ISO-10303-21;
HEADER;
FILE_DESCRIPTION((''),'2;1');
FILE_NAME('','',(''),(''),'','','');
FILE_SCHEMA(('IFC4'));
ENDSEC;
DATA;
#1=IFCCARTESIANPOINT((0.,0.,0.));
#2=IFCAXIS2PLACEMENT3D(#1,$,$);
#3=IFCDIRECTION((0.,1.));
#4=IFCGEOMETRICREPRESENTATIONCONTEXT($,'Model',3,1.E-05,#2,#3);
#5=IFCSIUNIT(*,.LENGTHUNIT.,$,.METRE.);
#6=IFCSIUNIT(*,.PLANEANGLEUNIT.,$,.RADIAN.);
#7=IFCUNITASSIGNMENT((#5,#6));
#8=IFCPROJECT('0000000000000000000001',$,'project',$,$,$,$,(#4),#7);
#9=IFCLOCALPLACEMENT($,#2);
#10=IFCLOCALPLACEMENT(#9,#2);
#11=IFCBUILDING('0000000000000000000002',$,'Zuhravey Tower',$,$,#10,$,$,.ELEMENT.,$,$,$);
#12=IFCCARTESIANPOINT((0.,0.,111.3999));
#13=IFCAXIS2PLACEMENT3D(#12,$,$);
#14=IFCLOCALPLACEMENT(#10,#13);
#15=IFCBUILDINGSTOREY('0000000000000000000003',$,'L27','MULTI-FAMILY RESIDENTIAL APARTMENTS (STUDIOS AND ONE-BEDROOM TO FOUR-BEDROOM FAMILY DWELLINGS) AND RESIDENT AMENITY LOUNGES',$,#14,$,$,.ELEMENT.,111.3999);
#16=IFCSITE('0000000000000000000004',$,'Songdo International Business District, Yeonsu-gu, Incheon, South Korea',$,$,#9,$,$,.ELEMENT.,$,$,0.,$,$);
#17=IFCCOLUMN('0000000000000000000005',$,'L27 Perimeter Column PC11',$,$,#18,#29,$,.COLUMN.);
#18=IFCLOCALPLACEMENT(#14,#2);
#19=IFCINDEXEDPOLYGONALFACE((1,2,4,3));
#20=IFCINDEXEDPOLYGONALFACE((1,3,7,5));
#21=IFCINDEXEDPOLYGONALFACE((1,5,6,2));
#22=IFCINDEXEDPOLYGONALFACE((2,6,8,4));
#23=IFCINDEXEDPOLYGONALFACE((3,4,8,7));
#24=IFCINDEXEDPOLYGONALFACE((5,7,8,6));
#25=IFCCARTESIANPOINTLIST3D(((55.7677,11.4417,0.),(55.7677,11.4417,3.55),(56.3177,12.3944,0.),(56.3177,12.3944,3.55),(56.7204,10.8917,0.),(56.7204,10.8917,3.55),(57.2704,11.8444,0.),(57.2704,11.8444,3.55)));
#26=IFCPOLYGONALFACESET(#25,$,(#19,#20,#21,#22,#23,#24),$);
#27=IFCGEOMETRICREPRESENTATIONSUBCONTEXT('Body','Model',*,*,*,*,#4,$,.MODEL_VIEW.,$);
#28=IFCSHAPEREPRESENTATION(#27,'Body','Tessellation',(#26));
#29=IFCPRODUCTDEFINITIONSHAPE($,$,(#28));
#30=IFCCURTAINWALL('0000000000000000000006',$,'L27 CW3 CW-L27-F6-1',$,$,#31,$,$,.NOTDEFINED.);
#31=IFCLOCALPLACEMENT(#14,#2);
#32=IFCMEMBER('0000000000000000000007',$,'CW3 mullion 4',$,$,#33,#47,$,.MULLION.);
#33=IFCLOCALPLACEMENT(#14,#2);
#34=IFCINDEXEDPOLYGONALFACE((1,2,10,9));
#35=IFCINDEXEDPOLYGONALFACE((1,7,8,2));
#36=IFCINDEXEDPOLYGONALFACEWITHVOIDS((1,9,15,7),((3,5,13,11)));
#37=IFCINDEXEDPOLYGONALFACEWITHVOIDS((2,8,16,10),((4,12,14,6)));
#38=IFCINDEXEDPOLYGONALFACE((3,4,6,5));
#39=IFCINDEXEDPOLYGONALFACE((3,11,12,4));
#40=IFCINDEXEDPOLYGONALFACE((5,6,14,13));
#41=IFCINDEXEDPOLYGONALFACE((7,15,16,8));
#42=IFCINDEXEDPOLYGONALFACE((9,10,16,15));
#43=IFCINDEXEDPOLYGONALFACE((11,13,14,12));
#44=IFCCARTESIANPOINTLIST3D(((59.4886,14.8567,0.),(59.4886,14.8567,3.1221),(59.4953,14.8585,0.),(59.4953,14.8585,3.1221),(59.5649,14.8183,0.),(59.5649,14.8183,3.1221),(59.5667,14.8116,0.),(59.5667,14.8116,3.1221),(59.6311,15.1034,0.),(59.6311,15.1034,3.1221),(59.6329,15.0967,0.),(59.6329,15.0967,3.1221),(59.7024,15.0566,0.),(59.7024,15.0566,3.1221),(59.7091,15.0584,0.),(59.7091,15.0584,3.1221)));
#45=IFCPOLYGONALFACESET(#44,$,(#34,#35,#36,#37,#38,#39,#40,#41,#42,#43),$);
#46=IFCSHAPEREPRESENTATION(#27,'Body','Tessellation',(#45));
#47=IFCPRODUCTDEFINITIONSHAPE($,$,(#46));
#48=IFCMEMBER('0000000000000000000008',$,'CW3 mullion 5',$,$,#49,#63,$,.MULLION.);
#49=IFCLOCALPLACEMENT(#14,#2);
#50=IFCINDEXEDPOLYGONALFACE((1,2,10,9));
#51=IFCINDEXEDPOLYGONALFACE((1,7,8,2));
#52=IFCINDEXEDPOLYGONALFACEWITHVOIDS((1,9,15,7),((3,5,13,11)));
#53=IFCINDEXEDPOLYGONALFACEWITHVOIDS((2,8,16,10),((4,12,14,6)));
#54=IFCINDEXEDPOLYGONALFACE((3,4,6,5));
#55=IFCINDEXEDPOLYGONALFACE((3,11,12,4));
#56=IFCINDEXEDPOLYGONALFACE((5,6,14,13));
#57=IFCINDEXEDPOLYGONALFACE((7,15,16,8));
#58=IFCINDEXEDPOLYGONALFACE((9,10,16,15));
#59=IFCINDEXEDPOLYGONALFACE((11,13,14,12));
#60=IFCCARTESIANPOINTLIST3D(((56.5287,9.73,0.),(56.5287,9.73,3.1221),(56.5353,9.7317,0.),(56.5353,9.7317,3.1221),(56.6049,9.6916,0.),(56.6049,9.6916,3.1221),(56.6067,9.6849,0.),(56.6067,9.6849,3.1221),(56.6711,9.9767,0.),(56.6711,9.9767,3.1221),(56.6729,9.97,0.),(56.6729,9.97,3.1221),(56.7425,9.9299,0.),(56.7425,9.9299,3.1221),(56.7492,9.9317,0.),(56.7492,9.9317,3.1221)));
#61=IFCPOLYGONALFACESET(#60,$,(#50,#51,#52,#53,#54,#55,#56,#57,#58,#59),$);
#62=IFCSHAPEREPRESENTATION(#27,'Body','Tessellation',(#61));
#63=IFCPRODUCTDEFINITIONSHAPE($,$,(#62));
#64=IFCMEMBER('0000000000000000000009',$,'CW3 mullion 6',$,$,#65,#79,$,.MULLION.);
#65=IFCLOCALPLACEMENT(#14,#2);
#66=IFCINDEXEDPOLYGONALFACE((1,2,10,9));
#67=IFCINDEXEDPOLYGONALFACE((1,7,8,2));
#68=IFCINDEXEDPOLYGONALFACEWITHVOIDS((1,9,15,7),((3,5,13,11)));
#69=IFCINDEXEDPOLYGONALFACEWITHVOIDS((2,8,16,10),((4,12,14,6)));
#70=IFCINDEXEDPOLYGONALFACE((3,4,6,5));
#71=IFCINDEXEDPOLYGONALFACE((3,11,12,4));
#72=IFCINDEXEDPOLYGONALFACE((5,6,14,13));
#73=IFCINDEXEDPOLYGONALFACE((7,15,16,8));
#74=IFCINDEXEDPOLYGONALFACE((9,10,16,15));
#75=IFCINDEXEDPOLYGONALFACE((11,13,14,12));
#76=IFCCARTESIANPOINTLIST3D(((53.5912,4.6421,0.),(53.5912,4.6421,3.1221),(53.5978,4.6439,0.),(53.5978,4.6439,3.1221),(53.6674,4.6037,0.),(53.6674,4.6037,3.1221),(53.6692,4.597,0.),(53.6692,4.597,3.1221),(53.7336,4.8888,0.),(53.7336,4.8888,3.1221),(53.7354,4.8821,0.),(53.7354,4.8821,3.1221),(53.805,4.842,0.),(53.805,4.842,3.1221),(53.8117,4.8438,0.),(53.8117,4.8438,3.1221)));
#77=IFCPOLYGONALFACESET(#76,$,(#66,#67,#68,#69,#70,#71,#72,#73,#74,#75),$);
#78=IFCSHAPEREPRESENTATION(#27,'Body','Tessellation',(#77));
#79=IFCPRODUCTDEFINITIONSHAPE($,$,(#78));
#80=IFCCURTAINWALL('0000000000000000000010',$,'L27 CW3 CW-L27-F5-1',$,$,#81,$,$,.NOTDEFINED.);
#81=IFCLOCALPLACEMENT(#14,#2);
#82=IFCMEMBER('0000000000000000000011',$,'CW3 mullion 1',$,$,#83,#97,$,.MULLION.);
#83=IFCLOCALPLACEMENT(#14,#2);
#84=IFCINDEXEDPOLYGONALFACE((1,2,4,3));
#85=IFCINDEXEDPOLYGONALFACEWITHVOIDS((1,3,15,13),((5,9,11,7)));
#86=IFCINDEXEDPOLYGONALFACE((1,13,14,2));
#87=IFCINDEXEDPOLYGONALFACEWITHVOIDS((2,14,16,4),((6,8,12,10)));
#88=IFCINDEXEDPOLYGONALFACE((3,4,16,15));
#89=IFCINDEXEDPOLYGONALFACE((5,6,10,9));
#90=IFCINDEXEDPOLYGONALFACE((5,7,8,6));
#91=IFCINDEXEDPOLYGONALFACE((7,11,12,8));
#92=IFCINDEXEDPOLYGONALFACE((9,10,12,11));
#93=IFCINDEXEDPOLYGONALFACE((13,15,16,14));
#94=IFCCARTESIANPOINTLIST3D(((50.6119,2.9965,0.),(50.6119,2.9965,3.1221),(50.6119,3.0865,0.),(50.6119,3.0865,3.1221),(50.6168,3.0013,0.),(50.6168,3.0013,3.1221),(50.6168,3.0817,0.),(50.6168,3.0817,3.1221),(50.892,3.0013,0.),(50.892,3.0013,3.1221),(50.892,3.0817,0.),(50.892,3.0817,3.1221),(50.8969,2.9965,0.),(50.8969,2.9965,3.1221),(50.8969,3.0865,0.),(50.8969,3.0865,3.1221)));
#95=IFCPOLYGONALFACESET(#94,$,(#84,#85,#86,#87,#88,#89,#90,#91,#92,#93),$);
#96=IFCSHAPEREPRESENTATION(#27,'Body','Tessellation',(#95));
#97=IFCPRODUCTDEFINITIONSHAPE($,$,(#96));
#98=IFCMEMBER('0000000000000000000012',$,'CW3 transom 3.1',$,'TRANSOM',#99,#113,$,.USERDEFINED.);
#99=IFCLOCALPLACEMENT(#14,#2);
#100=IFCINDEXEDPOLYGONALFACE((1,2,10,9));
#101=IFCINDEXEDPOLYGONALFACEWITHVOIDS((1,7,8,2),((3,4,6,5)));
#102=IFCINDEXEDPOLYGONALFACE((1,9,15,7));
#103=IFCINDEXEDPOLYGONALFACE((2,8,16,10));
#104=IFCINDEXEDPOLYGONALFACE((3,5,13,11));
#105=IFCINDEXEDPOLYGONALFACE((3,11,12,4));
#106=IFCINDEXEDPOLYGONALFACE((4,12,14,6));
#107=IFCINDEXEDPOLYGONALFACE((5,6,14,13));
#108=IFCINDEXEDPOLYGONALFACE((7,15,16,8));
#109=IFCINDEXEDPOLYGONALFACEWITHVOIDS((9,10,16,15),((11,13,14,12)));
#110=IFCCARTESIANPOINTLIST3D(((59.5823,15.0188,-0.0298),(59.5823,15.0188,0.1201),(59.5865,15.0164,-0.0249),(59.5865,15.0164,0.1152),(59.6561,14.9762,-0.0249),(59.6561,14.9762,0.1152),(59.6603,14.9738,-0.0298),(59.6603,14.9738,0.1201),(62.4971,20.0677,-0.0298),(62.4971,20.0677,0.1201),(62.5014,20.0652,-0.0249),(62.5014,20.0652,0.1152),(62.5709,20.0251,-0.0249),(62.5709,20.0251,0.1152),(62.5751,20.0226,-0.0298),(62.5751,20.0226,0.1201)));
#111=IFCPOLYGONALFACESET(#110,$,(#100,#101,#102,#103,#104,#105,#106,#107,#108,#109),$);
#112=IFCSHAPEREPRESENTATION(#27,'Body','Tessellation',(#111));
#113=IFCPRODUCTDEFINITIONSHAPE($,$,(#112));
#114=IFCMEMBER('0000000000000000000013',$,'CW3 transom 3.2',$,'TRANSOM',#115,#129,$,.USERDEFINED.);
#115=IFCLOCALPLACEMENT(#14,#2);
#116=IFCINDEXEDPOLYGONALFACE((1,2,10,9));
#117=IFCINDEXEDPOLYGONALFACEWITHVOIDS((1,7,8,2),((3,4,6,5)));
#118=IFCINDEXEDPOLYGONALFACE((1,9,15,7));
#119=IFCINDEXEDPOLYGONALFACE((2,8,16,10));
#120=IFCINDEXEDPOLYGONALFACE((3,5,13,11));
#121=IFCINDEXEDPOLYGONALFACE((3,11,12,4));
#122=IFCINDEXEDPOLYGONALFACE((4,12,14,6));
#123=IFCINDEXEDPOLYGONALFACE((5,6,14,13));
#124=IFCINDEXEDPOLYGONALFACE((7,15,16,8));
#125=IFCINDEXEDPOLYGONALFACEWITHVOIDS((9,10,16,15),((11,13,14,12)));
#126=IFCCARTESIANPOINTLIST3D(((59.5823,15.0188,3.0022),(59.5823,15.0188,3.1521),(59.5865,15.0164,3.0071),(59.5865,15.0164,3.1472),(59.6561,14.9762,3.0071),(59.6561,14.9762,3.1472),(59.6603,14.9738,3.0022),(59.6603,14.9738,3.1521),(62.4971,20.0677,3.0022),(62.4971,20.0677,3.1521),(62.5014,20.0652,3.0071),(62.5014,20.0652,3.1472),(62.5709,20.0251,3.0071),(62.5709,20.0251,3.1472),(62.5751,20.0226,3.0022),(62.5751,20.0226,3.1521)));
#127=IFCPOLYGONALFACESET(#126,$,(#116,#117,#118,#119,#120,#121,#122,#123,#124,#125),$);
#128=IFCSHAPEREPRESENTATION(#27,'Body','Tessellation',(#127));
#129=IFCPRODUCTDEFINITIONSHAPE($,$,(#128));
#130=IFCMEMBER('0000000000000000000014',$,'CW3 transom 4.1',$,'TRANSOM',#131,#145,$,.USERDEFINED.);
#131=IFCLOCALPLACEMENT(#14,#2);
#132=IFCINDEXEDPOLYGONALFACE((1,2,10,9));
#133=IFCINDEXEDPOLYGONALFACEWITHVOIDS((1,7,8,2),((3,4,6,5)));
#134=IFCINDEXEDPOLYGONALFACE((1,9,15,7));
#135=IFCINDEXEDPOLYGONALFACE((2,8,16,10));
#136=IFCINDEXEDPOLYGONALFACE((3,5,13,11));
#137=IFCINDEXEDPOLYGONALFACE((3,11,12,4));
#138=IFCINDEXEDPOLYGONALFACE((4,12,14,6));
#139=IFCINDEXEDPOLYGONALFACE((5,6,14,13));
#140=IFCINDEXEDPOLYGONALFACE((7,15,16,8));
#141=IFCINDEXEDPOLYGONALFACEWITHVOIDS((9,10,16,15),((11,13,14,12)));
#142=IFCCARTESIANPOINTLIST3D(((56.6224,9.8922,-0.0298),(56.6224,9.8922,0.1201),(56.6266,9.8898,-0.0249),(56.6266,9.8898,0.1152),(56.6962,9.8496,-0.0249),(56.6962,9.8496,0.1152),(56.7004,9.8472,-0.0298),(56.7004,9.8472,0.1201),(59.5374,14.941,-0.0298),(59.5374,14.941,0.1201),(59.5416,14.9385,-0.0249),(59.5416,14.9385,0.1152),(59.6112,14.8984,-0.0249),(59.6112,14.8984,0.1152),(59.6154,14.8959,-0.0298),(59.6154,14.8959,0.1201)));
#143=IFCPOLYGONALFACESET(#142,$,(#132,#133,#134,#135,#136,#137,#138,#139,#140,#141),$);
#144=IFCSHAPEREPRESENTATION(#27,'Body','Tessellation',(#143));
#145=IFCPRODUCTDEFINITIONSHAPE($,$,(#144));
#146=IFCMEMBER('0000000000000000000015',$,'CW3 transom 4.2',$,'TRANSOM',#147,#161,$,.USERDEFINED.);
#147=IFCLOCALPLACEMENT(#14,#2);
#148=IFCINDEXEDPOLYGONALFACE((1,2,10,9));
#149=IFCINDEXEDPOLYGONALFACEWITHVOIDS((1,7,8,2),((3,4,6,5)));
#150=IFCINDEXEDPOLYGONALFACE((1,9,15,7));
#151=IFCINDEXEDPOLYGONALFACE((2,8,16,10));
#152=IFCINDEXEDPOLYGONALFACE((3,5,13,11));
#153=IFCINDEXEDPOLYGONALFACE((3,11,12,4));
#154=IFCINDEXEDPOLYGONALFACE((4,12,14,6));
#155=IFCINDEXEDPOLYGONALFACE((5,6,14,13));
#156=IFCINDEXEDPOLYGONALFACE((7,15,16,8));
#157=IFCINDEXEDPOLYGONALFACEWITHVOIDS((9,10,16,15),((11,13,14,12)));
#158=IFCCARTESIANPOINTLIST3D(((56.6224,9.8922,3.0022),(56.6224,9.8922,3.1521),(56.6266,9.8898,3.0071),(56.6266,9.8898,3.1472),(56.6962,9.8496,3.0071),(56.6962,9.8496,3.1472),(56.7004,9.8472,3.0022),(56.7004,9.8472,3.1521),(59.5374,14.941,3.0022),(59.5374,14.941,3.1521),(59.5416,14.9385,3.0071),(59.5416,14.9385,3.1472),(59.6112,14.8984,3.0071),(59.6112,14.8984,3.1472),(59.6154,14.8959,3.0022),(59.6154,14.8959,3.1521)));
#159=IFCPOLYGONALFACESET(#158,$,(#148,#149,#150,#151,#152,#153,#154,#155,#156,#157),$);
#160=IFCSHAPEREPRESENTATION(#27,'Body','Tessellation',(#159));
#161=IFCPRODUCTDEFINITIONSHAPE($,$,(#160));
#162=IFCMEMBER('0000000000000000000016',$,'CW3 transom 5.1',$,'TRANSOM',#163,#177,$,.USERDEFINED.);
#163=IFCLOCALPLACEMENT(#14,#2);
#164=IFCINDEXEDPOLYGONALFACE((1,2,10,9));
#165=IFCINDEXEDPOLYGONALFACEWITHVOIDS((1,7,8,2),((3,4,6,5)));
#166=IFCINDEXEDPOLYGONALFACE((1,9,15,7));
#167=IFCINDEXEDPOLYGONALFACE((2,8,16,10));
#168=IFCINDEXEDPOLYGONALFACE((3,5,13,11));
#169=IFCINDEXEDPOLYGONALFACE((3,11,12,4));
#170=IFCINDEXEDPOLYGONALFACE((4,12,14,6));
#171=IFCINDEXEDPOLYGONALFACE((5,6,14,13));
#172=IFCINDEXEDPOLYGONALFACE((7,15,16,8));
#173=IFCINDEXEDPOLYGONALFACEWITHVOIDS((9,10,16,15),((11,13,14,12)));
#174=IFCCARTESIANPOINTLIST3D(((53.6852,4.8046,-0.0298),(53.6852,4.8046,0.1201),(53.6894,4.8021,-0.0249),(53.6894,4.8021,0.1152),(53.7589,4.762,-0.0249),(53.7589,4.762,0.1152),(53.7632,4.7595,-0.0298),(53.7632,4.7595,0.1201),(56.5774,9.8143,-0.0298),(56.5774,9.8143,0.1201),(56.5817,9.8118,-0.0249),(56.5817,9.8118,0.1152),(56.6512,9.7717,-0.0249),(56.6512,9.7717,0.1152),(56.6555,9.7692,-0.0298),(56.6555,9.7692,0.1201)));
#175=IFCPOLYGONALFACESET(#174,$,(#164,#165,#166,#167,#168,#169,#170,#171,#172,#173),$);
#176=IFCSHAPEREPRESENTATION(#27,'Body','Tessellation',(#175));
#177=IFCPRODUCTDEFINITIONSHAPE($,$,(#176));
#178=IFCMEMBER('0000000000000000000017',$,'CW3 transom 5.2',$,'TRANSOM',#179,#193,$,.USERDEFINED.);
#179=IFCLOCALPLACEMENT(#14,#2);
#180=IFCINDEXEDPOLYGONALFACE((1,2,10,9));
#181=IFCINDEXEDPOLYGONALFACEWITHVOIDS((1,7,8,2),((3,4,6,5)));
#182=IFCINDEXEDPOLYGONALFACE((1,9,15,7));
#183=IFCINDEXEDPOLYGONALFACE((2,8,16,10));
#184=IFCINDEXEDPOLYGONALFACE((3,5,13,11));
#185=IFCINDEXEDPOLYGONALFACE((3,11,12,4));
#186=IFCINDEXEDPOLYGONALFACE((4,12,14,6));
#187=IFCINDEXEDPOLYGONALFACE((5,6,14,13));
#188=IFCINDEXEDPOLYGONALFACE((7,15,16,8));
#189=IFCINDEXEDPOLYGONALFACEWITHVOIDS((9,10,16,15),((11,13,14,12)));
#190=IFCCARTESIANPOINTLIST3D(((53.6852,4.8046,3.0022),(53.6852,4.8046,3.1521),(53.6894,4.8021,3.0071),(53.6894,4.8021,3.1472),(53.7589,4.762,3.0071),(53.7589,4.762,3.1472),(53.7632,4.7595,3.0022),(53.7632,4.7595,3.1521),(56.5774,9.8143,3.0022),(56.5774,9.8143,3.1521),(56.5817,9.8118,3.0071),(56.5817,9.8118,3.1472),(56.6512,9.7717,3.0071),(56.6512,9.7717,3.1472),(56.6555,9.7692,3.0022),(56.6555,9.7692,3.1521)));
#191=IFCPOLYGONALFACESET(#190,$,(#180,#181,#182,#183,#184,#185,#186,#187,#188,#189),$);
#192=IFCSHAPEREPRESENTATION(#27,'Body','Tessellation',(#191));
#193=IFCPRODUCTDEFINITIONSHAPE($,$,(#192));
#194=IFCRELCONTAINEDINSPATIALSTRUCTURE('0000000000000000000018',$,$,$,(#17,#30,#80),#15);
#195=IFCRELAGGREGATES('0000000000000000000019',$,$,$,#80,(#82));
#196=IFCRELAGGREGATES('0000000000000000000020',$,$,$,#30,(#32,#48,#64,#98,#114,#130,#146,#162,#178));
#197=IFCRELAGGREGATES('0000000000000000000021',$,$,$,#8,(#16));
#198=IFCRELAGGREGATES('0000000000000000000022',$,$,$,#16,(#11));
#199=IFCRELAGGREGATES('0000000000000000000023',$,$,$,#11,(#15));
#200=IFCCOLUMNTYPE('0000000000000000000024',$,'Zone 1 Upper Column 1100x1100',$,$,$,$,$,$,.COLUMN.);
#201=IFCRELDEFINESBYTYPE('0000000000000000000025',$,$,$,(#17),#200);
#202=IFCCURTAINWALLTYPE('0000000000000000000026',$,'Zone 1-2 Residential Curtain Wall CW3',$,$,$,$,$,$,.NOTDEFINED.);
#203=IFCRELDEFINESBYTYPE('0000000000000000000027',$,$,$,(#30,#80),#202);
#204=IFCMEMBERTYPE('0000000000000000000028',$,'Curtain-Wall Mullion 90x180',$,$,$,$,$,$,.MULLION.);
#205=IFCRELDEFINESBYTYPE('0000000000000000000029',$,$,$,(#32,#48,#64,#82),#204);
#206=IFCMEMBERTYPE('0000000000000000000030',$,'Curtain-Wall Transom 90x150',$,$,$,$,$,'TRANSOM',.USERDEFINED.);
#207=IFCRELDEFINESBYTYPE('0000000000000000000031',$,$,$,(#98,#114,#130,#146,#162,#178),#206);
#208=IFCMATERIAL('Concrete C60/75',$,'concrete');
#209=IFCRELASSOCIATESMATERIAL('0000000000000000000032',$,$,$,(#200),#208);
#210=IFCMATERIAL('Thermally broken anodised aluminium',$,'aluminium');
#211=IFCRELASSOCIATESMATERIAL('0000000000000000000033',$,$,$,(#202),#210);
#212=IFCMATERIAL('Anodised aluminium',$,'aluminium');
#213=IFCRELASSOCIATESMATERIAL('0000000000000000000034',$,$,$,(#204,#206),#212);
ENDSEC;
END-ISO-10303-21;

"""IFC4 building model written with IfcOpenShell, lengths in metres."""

from ifc_helpers import new_model, si_unit, direction, frame, origin, origin_2d, place, context, subcontext, project, spatial, rectangle, hollow_rectangle, extrude, material, material_profile, profile_set, type_object, element, aggregate, save


model = new_model("IFC4")

# Units and contexts
model_context = context("Model", 3, precision=1e-05, world=origin(), true_north=direction((0.0, 1.0)))
body_context = subcontext(model_context, "Body", "Model", "MODEL_VIEW")
ifc_project = project(units=[si_unit("LENGTHUNIT", "METRE"), si_unit("PLANEANGLEUNIT", "RADIAN")], contexts=[model_context])

# Site, building, storey
site_placement = place(None, origin())
site = spatial("IfcSite", under=ifc_project, at=site_placement, Name="Songdo International Business District, Yeonsu-gu, Incheon, South Korea", CompositionType="ELEMENT", RefElevation=0.0)
building_placement = place(site_placement, origin())
building = spatial("IfcBuilding", under=site, at=building_placement, Name="Zuhravey Tower", CompositionType="ELEMENT")
storey_placement = place(building_placement, frame((0.0, 0.0, 111.3999)))
storey = spatial("IfcBuildingStorey", under=building, at=storey_placement, Name="L27", Description="MULTI-FAMILY RESIDENTIAL APARTMENTS (STUDIOS AND ONE-BEDROOM TO FOUR-BEDROOM FAMILY DWELLINGS) AND RESIDENT AMENITY LOUNGES", CompositionType="ELEMENT", Elevation=111.3999)

# Column
ifc_material_1 = material(Name="Concrete C60/75", Category="concrete")
ifc_material_profile_1 = material_profile(ifc_material_1, rectangle(XDim=1.1001, YDim=1.1001, at=origin_2d()), Name="RC-1100x1100")
ifc_profile_set_1 = profile_set([ifc_material_profile_1], Name="Concrete C60/75")
column_type = type_object("IfcColumnType", Name="Zone 1 Upper Column 1100x1100", PredefinedType="COLUMN", material=ifc_profile_set_1)
column_placement = place(storey_placement, frame((56.519, 11.6431, 0.0), z_axis=(0.0, 0.0, 1.0), x_axis=(0.5, 0.866025, 0.0)))
element("IfcColumn", 1, at=column_placement, inside=storey, type_object=column_type, Name="L27 Perimeter Column PC11", PredefinedType="COLUMN", context=body_context, shape_type="SweptSolid", body=[
    extrude(rectangle(XDim=1.1001, YDim=1.1001, at=origin_2d()), origin(), (0.0, 0.0, 1.0), 3.55),
])

# Curtain wall, members
ifc_material_2 = material(Name="Thermally broken anodised aluminium", Category="aluminium")
curtain_wall_type = type_object("IfcCurtainWallType", Name="Zone 1-2 Residential Curtain Wall CW3", PredefinedType="NOTDEFINED", material=ifc_material_2)
curtain_wall_1_placement = place(storey_placement, origin())
curtain_wall_1 = element("IfcCurtainWall", 2, at=curtain_wall_1_placement, inside=storey, type_object=curtain_wall_type, Name="L27 CW3 CW-L27-F6-1", PredefinedType="NOTDEFINED")
ifc_material_3 = material(Name="Anodised aluminium", Category="aluminium")
ifc_material_profile_2 = material_profile(ifc_material_3, hollow_rectangle(XDim=0.0901, YDim=0.2849, WallThickness=0.0049, at=origin_2d()), Name="ALU-RHS-90x285x5")
ifc_profile_set_2 = profile_set([ifc_material_profile_2], Name="Anodised aluminium")
member_type_1 = type_object("IfcMemberType", Name="Curtain-Wall Mullion 90x180", PredefinedType="MULLION", material=ifc_profile_set_2)
member_1_placement = place(storey_placement, frame((59.5989, 14.9575, 0.0), z_axis=(0.0, 0.0, 1.0), x_axis=(0.866026, -0.5, 0.0)))
member_1 = element("IfcMember", 3, at=member_1_placement, type_object=member_type_1, Name="CW3 mullion 4", PredefinedType="MULLION", context=body_context, shape_type="SweptSolid", body=[
    extrude(hollow_rectangle(XDim=0.0901, YDim=0.2849, WallThickness=0.0049, at=origin_2d()), origin(), (0.0, 0.0, 1.0), 3.1221),
])
member_2_placement = place(storey_placement, frame((56.6389, 9.8308, 0.0), z_axis=(0.0, 0.0, 1.0), x_axis=(0.866026, -0.5, 0.0)))
member_2 = element("IfcMember", 4, at=member_2_placement, type_object=member_type_1, Name="CW3 mullion 5", PredefinedType="MULLION", context=body_context, shape_type="SweptSolid", body=[
    extrude(hollow_rectangle(XDim=0.0901, YDim=0.2849, WallThickness=0.0049, at=origin_2d()), origin(), (0.0, 0.0, 1.0), 3.1221),
])
member_3_placement = place(storey_placement, frame((53.7014, 4.7429, 0.0), z_axis=(0.0, 0.0, 1.0), x_axis=(0.866026, -0.5, 0.0)))
member_3 = element("IfcMember", 5, at=member_3_placement, type_object=member_type_1, Name="CW3 mullion 6", PredefinedType="MULLION", context=body_context, shape_type="SweptSolid", body=[
    extrude(hollow_rectangle(XDim=0.0901, YDim=0.2849, WallThickness=0.0049, at=origin_2d()), origin(), (0.0, 0.0, 1.0), 3.1221),
])

# Curtain wall, member
curtain_wall_2_placement = place(storey_placement, origin())
curtain_wall_2 = element("IfcCurtainWall", 6, at=curtain_wall_2_placement, inside=storey, type_object=curtain_wall_type, Name="L27 CW3 CW-L27-F5-1", PredefinedType="NOTDEFINED")
member_4_placement = place(storey_placement, frame((50.7544, 3.0415, 0.0), z_axis=(0.0, 0.0, 1.0), x_axis=(0.0, -1.0, 0.0)))
member_4 = element("IfcMember", 7, at=member_4_placement, type_object=member_type_1, Name="CW3 mullion 1", PredefinedType="MULLION", context=body_context, shape_type="SweptSolid", body=[
    extrude(hollow_rectangle(XDim=0.0901, YDim=0.2849, WallThickness=0.0049, at=origin_2d()), origin(), (0.0, 0.0, 1.0), 3.1221),
])

# Members
ifc_material_profile_3 = material_profile(ifc_material_3, hollow_rectangle(XDim=0.0901, YDim=0.1499, WallThickness=0.0049, at=origin_2d()), Name="ALU-RHS-90x150x5")
ifc_profile_set_3 = profile_set([ifc_material_profile_3], Name="Anodised aluminium")
member_type_2 = type_object("IfcMemberType", Name="Curtain-Wall Transom 90x150", ElementType="TRANSOM", PredefinedType="USERDEFINED", material=ifc_profile_set_3)
member_5_placement = place(storey_placement, frame((62.5361, 20.0452, 0.0452), z_axis=(-0.499981, -0.866036, 0.0), x_axis=(0.866036, -0.499981, 0.0)))
member_5 = element("IfcMember", 8, at=member_5_placement, type_object=member_type_2, Name="CW3 transom 3.1", ObjectType="TRANSOM", PredefinedType="USERDEFINED", context=body_context, shape_type="SweptSolid", body=[
    extrude(hollow_rectangle(XDim=0.0901, YDim=0.1499, WallThickness=0.0049, at=origin_2d()), origin(), (0.0, 0.0, 1.0), 5.8298),
])
member_6_placement = place(storey_placement, frame((62.5361, 20.0452, 3.0771), z_axis=(-0.499981, -0.866036, 0.0), x_axis=(0.866036, -0.499981, 0.0)))
member_6 = element("IfcMember", 9, at=member_6_placement, type_object=member_type_2, Name="CW3 transom 3.2", ObjectType="TRANSOM", PredefinedType="USERDEFINED", context=body_context, shape_type="SweptSolid", body=[
    extrude(hollow_rectangle(XDim=0.0901, YDim=0.1499, WallThickness=0.0049, at=origin_2d()), origin(), (0.0, 0.0, 1.0), 5.8298),
])
member_7_placement = place(storey_placement, frame((59.5764, 14.9185, 0.0452), z_axis=(-0.500012, -0.866018, 0.0), x_axis=(0.866018, -0.500012, 0.0)))
member_7 = element("IfcMember", 10, at=member_7_placement, type_object=member_type_2, Name="CW3 transom 4.1", ObjectType="TRANSOM", PredefinedType="USERDEFINED", context=body_context, shape_type="SweptSolid", body=[
    extrude(hollow_rectangle(XDim=0.0901, YDim=0.1499, WallThickness=0.0049, at=origin_2d()), origin(), (0.0, 0.0, 1.0), 5.8298),
])
member_8_placement = place(storey_placement, frame((59.5764, 14.9185, 3.0771), z_axis=(-0.500012, -0.866018, 0.0), x_axis=(0.866018, -0.500012, 0.0)))
member_8 = element("IfcMember", 11, at=member_8_placement, type_object=member_type_2, Name="CW3 transom 4.2", ObjectType="TRANSOM", PredefinedType="USERDEFINED", context=body_context, shape_type="SweptSolid", body=[
    extrude(hollow_rectangle(XDim=0.0901, YDim=0.1499, WallThickness=0.0049, at=origin_2d()), origin(), (0.0, 0.0, 1.0), 5.8298),
])
member_9_placement = place(storey_placement, frame((56.6165, 9.7917, 0.0452), z_axis=(-0.499993, -0.86603, 0.0), x_axis=(0.86603, -0.499993, 0.0)))
member_9 = element("IfcMember", 12, at=member_9_placement, type_object=member_type_2, Name="CW3 transom 5.1", ObjectType="TRANSOM", PredefinedType="USERDEFINED", context=body_context, shape_type="SweptSolid", body=[
    extrude(hollow_rectangle(XDim=0.0901, YDim=0.1499, WallThickness=0.0049, at=origin_2d()), origin(), (0.0, 0.0, 1.0), 5.7847),
])
member_10_placement = place(storey_placement, frame((56.6165, 9.7917, 3.0771), z_axis=(-0.499993, -0.86603, 0.0), x_axis=(0.86603, -0.499993, 0.0)))
member_10 = element("IfcMember", 13, at=member_10_placement, type_object=member_type_2, Name="CW3 transom 5.2", ObjectType="TRANSOM", PredefinedType="USERDEFINED", context=body_context, shape_type="SweptSolid", body=[
    extrude(hollow_rectangle(XDim=0.0901, YDim=0.1499, WallThickness=0.0049, at=origin_2d()), origin(), (0.0, 0.0, 1.0), 5.7847),
])
aggregate(curtain_wall_2, [member_4])

aggregate(curtain_wall_1, [member_1, member_2, member_3, member_5, member_6, member_7, member_8, member_9, member_10])

save(model, "model.ifc")
